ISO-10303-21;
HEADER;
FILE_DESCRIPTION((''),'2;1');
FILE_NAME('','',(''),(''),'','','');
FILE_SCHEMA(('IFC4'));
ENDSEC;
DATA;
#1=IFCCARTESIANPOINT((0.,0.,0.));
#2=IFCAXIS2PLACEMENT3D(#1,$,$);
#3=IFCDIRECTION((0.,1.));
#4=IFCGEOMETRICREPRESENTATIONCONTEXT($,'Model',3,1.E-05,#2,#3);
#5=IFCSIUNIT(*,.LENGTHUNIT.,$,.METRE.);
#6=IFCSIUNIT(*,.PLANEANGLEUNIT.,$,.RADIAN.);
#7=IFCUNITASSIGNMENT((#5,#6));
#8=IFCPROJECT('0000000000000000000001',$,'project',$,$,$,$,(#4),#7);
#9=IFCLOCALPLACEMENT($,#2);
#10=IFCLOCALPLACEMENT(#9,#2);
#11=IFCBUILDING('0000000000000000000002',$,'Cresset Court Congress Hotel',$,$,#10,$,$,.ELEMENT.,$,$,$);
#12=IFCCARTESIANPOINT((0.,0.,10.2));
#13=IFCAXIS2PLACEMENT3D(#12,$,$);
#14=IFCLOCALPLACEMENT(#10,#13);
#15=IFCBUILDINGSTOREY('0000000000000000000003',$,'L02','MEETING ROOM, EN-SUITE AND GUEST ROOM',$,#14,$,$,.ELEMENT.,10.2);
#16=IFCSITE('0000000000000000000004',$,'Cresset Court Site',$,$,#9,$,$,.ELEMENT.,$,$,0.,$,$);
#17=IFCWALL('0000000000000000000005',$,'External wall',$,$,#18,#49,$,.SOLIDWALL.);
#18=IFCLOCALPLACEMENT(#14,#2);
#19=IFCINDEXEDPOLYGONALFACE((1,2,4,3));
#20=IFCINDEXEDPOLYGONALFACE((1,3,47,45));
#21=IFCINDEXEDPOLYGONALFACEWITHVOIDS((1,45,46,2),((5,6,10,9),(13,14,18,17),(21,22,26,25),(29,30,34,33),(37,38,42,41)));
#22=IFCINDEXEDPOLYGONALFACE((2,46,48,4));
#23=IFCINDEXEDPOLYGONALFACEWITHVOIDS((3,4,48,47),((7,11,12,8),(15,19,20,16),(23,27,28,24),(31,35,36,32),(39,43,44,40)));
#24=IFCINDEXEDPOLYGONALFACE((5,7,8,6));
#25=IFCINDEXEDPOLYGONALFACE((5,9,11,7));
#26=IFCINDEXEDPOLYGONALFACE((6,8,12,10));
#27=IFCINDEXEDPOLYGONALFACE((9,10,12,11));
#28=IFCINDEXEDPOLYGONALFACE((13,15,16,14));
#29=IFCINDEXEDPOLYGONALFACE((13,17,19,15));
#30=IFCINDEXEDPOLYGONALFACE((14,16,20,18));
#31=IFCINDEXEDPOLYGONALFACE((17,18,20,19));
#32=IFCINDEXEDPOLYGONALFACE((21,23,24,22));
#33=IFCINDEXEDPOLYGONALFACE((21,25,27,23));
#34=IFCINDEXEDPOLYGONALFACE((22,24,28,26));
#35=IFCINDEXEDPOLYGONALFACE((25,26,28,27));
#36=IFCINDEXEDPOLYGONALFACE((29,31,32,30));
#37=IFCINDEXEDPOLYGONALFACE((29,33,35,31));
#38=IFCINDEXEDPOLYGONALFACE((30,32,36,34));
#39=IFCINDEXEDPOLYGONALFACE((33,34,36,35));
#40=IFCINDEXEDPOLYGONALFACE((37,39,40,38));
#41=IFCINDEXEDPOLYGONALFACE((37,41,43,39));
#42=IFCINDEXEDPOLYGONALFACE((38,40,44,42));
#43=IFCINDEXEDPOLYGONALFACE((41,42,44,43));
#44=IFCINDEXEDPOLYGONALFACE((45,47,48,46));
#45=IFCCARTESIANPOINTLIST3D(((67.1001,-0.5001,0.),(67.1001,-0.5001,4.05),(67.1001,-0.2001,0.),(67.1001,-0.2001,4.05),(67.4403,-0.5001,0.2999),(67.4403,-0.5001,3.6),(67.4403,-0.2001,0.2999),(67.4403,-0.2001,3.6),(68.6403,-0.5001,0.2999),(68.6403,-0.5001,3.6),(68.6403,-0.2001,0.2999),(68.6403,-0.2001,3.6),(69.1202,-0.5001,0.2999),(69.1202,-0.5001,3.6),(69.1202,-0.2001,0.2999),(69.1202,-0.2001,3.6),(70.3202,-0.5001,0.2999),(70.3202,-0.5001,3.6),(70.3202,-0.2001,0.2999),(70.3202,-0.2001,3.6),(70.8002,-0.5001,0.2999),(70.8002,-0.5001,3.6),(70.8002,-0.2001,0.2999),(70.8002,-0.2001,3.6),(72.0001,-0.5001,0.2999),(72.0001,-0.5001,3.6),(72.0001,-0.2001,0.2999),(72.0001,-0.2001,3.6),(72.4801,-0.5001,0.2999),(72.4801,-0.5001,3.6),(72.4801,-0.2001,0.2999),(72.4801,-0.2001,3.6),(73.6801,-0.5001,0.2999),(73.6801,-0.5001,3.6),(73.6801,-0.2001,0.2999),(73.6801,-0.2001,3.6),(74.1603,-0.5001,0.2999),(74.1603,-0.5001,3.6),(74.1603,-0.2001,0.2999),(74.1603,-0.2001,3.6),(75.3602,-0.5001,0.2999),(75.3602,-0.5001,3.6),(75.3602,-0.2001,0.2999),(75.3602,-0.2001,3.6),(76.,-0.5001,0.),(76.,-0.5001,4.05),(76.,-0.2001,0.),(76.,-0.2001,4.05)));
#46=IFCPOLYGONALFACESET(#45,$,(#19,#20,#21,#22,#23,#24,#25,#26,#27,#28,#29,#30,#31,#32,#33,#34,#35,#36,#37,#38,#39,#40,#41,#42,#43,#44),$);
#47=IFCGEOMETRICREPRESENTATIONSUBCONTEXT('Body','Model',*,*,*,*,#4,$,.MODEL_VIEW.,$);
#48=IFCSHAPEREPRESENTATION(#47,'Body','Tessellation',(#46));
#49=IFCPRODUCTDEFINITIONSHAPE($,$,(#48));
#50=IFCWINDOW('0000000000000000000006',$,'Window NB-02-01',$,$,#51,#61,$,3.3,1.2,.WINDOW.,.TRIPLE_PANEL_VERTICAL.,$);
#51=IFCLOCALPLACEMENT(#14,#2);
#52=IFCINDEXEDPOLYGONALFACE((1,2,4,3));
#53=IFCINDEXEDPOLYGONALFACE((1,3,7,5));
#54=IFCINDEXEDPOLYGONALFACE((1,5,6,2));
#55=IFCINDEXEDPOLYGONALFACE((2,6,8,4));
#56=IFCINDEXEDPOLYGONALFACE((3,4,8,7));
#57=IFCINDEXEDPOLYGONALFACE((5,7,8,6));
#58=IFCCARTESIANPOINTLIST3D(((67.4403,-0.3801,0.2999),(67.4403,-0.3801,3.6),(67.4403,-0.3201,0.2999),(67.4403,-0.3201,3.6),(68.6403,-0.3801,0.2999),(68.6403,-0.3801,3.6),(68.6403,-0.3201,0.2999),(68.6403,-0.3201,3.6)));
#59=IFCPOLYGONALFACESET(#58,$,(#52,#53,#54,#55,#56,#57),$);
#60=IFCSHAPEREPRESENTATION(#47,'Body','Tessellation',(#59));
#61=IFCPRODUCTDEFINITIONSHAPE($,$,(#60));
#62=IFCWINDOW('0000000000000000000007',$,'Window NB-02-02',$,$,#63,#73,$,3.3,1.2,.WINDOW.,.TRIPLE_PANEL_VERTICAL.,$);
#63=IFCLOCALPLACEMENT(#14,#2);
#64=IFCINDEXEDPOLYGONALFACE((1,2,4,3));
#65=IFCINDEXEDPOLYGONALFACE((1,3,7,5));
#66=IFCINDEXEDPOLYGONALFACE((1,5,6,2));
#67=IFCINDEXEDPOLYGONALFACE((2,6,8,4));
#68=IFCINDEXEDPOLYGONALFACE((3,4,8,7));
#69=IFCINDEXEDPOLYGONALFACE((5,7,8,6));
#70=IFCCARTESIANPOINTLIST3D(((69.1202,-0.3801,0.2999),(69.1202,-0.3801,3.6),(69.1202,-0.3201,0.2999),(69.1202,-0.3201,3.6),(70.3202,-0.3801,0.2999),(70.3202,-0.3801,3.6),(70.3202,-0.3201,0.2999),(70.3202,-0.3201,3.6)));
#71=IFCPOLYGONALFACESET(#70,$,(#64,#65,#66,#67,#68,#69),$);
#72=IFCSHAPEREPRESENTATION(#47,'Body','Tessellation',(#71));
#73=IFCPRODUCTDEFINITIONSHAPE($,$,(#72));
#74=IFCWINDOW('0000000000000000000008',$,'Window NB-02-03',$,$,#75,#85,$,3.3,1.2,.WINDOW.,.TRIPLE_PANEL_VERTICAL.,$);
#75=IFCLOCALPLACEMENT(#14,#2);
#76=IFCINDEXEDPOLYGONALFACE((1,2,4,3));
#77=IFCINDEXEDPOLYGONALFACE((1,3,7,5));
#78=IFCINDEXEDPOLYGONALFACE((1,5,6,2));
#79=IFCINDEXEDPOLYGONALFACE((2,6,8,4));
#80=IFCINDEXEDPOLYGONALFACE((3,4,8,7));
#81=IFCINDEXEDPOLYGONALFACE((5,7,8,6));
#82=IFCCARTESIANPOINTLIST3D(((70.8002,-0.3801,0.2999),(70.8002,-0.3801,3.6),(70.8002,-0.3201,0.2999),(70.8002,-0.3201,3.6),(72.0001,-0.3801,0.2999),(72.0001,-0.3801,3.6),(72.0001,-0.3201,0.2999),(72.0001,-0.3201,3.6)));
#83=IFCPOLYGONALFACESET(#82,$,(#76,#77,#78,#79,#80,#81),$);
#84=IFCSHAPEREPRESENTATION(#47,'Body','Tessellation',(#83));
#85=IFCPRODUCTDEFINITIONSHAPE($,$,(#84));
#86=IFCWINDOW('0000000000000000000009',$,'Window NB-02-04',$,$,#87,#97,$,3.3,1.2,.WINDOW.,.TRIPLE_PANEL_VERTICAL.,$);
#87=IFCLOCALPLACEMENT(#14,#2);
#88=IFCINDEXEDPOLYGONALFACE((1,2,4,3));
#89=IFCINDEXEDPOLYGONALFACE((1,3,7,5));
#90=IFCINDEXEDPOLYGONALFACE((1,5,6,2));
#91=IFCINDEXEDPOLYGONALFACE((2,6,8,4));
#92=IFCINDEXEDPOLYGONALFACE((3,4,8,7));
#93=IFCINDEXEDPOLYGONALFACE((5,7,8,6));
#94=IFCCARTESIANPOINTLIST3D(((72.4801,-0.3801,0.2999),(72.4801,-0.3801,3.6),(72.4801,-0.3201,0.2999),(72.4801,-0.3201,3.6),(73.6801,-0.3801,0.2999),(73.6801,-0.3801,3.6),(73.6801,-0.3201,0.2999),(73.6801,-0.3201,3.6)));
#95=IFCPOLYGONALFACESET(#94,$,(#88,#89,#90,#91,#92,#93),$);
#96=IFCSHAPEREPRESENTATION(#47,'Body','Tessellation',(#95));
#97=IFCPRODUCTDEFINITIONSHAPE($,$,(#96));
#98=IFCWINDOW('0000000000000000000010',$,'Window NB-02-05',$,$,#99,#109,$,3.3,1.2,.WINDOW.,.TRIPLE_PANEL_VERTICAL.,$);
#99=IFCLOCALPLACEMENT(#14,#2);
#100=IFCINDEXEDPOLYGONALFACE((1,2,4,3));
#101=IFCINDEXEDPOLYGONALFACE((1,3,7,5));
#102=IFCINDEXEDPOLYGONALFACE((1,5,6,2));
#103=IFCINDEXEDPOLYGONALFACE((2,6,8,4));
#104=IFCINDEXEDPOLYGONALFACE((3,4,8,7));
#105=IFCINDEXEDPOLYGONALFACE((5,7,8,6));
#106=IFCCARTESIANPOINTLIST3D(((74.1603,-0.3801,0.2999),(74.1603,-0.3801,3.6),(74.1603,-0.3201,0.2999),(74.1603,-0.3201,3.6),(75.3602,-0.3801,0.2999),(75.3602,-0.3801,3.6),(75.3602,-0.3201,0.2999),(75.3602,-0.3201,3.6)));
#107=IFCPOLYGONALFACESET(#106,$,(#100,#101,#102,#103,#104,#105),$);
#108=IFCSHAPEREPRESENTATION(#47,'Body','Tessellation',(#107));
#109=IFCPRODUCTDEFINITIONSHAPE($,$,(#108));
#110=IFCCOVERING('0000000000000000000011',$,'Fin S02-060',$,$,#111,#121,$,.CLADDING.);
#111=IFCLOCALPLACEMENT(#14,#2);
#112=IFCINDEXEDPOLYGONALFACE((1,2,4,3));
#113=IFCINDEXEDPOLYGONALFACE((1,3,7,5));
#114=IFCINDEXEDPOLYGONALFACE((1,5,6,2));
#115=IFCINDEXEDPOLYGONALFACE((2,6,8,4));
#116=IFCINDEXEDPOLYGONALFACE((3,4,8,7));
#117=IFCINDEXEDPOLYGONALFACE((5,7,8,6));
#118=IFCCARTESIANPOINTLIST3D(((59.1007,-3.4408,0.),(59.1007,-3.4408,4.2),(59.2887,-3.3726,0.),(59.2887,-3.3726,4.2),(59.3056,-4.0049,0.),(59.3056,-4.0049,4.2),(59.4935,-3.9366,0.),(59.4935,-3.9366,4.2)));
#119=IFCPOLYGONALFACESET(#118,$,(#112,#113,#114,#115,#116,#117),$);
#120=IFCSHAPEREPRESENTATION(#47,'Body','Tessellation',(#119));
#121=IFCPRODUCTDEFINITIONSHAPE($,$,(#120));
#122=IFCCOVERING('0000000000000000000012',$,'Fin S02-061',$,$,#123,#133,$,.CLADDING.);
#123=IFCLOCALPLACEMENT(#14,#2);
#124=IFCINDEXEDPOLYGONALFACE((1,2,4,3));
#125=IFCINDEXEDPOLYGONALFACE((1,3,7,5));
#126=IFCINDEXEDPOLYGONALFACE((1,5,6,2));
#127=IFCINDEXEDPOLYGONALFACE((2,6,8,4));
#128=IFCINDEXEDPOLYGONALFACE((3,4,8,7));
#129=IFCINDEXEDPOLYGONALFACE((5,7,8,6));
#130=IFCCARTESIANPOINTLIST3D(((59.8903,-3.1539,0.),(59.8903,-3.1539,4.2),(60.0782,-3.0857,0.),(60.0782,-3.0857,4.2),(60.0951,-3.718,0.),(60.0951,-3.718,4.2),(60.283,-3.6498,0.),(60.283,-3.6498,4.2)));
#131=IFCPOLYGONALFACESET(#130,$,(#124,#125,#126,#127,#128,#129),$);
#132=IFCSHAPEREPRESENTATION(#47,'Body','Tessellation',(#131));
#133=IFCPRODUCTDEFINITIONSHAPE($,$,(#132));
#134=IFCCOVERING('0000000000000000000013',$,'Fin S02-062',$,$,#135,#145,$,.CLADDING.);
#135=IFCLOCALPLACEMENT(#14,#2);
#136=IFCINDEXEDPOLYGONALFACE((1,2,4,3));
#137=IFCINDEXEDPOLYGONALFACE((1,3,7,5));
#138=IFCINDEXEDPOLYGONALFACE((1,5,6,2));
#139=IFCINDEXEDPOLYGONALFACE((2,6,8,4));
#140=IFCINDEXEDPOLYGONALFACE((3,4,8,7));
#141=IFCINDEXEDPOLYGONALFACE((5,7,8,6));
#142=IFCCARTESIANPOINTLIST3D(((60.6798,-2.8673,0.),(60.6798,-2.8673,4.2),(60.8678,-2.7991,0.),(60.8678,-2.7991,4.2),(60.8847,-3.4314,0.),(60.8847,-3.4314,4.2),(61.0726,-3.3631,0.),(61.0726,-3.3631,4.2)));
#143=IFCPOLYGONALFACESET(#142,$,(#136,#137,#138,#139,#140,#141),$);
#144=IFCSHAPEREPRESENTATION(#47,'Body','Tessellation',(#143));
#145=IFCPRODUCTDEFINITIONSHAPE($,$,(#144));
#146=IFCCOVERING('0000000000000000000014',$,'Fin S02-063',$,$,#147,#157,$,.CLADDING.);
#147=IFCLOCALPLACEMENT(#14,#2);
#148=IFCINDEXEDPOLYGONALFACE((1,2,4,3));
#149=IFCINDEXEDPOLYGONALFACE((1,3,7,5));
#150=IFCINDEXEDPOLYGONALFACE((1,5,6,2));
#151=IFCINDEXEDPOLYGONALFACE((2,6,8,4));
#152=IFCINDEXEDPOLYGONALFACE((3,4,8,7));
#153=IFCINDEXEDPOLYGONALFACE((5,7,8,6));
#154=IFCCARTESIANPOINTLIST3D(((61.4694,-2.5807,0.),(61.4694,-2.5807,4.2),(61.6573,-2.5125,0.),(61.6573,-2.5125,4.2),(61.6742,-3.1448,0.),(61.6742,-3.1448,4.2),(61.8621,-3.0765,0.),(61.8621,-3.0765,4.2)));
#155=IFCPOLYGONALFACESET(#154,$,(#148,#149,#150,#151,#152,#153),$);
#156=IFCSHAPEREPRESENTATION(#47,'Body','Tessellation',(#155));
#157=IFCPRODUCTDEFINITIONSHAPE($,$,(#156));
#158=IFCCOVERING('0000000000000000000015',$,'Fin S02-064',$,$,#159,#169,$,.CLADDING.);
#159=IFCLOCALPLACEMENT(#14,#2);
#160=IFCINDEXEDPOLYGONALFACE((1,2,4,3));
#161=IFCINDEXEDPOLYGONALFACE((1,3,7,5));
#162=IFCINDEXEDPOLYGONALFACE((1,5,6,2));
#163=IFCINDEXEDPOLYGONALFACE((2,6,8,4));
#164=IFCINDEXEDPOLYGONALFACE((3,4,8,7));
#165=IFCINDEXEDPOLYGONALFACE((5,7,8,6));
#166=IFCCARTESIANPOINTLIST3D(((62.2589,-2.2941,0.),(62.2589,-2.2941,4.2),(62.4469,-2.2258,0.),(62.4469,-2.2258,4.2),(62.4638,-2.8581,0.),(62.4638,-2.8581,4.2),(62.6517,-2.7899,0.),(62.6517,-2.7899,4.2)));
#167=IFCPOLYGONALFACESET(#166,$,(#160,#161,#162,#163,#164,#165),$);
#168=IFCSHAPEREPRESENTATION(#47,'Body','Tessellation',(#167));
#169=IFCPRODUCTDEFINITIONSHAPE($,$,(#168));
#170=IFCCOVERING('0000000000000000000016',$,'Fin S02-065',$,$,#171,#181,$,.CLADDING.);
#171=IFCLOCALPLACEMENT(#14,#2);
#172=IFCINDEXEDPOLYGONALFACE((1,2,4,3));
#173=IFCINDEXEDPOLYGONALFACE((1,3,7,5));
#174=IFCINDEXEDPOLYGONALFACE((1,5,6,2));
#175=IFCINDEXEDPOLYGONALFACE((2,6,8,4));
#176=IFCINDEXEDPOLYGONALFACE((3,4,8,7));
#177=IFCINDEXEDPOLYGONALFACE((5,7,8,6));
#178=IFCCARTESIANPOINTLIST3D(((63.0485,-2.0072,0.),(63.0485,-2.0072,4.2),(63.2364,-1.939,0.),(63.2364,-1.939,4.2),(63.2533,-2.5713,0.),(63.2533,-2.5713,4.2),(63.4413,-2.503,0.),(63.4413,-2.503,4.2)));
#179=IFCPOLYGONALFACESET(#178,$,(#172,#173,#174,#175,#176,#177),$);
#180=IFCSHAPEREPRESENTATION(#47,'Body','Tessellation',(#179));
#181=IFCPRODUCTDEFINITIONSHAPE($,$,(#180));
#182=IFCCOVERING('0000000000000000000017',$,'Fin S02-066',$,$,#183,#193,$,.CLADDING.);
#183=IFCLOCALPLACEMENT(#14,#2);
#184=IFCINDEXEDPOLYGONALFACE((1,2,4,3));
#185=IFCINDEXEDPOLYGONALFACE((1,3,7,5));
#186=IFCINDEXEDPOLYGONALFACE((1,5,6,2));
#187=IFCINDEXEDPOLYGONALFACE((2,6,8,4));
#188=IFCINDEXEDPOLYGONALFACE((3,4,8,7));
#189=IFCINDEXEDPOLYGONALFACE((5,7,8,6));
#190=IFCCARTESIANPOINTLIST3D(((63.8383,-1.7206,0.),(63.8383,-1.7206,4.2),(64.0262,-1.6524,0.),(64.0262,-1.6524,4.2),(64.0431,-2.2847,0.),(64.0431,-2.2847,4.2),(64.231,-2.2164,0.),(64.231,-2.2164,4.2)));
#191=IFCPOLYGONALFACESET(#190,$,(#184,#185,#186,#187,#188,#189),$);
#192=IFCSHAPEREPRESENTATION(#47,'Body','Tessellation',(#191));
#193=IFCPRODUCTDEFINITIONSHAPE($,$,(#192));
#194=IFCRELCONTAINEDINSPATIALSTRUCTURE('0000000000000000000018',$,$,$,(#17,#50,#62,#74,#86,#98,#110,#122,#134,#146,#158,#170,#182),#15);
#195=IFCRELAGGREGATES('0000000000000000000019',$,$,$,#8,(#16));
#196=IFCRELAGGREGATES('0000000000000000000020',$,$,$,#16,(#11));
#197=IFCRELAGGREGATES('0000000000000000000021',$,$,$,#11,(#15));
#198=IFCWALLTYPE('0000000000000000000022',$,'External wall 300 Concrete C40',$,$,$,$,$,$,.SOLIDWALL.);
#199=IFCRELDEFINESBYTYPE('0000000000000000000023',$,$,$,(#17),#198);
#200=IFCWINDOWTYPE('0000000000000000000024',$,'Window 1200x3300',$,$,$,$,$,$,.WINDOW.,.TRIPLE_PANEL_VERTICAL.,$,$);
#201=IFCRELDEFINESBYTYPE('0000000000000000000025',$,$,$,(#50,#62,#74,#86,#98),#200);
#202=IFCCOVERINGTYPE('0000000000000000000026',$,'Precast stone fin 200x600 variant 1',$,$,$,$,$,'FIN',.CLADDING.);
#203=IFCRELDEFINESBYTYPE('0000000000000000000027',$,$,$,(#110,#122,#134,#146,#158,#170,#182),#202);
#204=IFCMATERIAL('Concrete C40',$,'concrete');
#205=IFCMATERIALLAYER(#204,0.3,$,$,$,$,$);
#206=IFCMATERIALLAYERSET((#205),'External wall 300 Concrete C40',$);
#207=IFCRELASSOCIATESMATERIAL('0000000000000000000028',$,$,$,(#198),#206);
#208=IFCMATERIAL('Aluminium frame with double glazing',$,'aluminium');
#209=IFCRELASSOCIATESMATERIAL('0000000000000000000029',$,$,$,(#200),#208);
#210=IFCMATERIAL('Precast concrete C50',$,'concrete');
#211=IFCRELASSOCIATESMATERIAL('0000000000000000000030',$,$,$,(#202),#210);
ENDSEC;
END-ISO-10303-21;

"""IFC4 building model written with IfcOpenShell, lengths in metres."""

from ifc_helpers import new_model, si_unit, direction, frame, frame_2d, origin, origin_2d, place, context, subcontext, project, spatial, rectangle, extrude, material, layer, layer_set, type_object, element, fill, save


model = new_model("IFC4")

# Units and contexts
model_context = context("Model", 3, precision=1e-05, world=origin(), true_north=direction((0.0, 1.0)))
body_context = subcontext(model_context, "Body", "Model", "MODEL_VIEW")
ifc_project = project(units=[si_unit("LENGTHUNIT", "METRE"), si_unit("PLANEANGLEUNIT", "RADIAN")], contexts=[model_context])

# Site, building, storey
site_placement = place(None, origin())
site = spatial("IfcSite", under=ifc_project, at=site_placement, Name="Cresset Court Site", CompositionType="ELEMENT", RefElevation=0.0)
building_placement = place(site_placement, origin())
building = spatial("IfcBuilding", under=site, at=building_placement, Name="Cresset Court Congress Hotel", CompositionType="ELEMENT")
storey_placement = place(building_placement, frame((0.0, 0.0, 10.2)))
storey = spatial("IfcBuildingStorey", under=building, at=storey_placement, Name="L02", Description="MEETING ROOM, EN-SUITE AND GUEST ROOM", CompositionType="ELEMENT", Elevation=10.2)

# Wall, openings, windows
ifc_material_1 = material(Name="Concrete C40", Category="concrete")
ifc_layer_1 = layer(ifc_material_1, 0.3)
ifc_layer_set_1 = layer_set([ifc_layer_1], Name="External wall 300 Concrete C40")
wall_type_1 = type_object("IfcWallType", Name="External wall 300 Concrete C40", PredefinedType="SOLIDWALL", material=ifc_layer_set_1)
wall_1_placement = place(storey_placement, frame((67.1001, -0.3501, 0.0), z_axis=(0.0, 0.0, 1.0), x_axis=(1.0, 0.0, 0.0)))
wall_1 = element("IfcWall", 1, at=wall_1_placement, inside=storey, type_object=wall_type_1, Name="External wall", PredefinedType="SOLIDWALL", context=body_context, shape_type="SweptSolid", body=[
    extrude(rectangle(XDim=8.8999, YDim=0.3, at=frame_2d((4.45, 0.0))), origin(), (0.0, 0.0, 1.0), 4.05),
])
opening_1_placement = place(wall_1_placement, frame((0.3401, 0.0, 0.3)))
opening_1 = element("IfcOpeningElement", 2, at=opening_1_placement, cuts=wall_1, PredefinedType="OPENING", context=body_context, shape_type="SweptSolid", body=[
    extrude(rectangle(XDim=1.2, YDim=3.3, at=frame_2d((0.6001, 1.6499))), frame((0.0, 0.1599, 0.0), z_axis=(0.0, -1.0, 0.0), x_axis=(1.0, 0.0, 0.0)), (0.0, 0.0, 1.0), 0.3201),
])
opening_2_placement = place(wall_1_placement, frame((2.02, 0.0, 0.3)))
opening_2 = element("IfcOpeningElement", 3, at=opening_2_placement, cuts=wall_1, PredefinedType="OPENING", context=body_context, shape_type="SweptSolid", body=[
    extrude(rectangle(XDim=1.2, YDim=3.3, at=frame_2d((0.6001, 1.6499))), frame((0.0, 0.1599, 0.0), z_axis=(0.0, -1.0, 0.0), x_axis=(1.0, 0.0, 0.0)), (0.0, 0.0, 1.0), 0.3201),
])
opening_3_placement = place(wall_1_placement, frame((3.7, 0.0, 0.3)))
opening_3 = element("IfcOpeningElement", 4, at=opening_3_placement, cuts=wall_1, PredefinedType="OPENING", context=body_context, shape_type="SweptSolid", body=[
    extrude(rectangle(XDim=1.2, YDim=3.3, at=frame_2d((0.6001, 1.6499))), frame((0.0, 0.1599, 0.0), z_axis=(0.0, -1.0, 0.0), x_axis=(1.0, 0.0, 0.0)), (0.0, 0.0, 1.0), 0.3201),
])
opening_4_placement = place(wall_1_placement, frame((5.3799, 0.0, 0.3)))
opening_4 = element("IfcOpeningElement", 5, at=opening_4_placement, cuts=wall_1, PredefinedType="OPENING", context=body_context, shape_type="SweptSolid", body=[
    extrude(rectangle(XDim=1.2, YDim=3.3, at=frame_2d((0.6001, 1.6499))), frame((0.0, 0.1599, 0.0), z_axis=(0.0, -1.0, 0.0), x_axis=(1.0, 0.0, 0.0)), (0.0, 0.0, 1.0), 0.3201),
])
opening_5_placement = place(wall_1_placement, frame((7.0601, 0.0, 0.3)))
opening_5 = element("IfcOpeningElement", 6, at=opening_5_placement, cuts=wall_1, PredefinedType="OPENING", context=body_context, shape_type="SweptSolid", body=[
    extrude(rectangle(XDim=1.2, YDim=3.3, at=frame_2d((0.6001, 1.6499))), frame((0.0, 0.1599, 0.0), z_axis=(0.0, -1.0, 0.0), x_axis=(1.0, 0.0, 0.0)), (0.0, 0.0, 1.0), 0.3201),
])
ifc_material_2 = material(Name="Aluminium frame with double glazing", Category="aluminium")
window_type = type_object("IfcWindowType", Name="Window 1200x3300", PartitioningType="TRIPLE_PANEL_VERTICAL", PredefinedType="WINDOW", material=ifc_material_2)
window_1_placement = place(opening_1_placement, origin())
window_1 = element("IfcWindow", 7, at=window_1_placement, inside=storey, type_object=window_type, Name="Window NB-02-01", OverallHeight=3.3, OverallWidth=1.2, PartitioningType="TRIPLE_PANEL_VERTICAL", PredefinedType="WINDOW", context=body_context, shape_type="SweptSolid", body=[
    extrude(rectangle(XDim=1.2, YDim=3.3, at=frame_2d((0.6001, 1.6499))), frame((0.0, 0.03, 0.0), z_axis=(0.0, -1.0, 0.0), x_axis=(1.0, 0.0, 0.0)), (0.0, 0.0, 1.0), 0.0601),
])
fill(opening_1, window_1)
window_2_placement = place(opening_2_placement, origin())
window_2 = element("IfcWindow", 8, at=window_2_placement, inside=storey, type_object=window_type, Name="Window NB-02-02", OverallHeight=3.3, OverallWidth=1.2, PartitioningType="TRIPLE_PANEL_VERTICAL", PredefinedType="WINDOW", context=body_context, shape_type="SweptSolid", body=[
    extrude(rectangle(XDim=1.2, YDim=3.3, at=frame_2d((0.6001, 1.6499))), frame((0.0, 0.03, 0.0), z_axis=(0.0, -1.0, 0.0), x_axis=(1.0, 0.0, 0.0)), (0.0, 0.0, 1.0), 0.0601),
])
fill(opening_2, window_2)
window_3_placement = place(opening_3_placement, origin())
window_3 = element("IfcWindow", 9, at=window_3_placement, inside=storey, type_object=window_type, Name="Window NB-02-03", OverallHeight=3.3, OverallWidth=1.2, PartitioningType="TRIPLE_PANEL_VERTICAL", PredefinedType="WINDOW", context=body_context, shape_type="SweptSolid", body=[
    extrude(rectangle(XDim=1.2, YDim=3.3, at=frame_2d((0.6001, 1.6499))), frame((0.0, 0.03, 0.0), z_axis=(0.0, -1.0, 0.0), x_axis=(1.0, 0.0, 0.0)), (0.0, 0.0, 1.0), 0.0601),
])
fill(opening_3, window_3)
window_4_placement = place(opening_4_placement, origin())
window_4 = element("IfcWindow", 10, at=window_4_placement, inside=storey, type_object=window_type, Name="Window NB-02-04", OverallHeight=3.3, OverallWidth=1.2, PartitioningType="TRIPLE_PANEL_VERTICAL", PredefinedType="WINDOW", context=body_context, shape_type="SweptSolid", body=[
    extrude(rectangle(XDim=1.2, YDim=3.3, at=frame_2d((0.6001, 1.6499))), frame((0.0, 0.03, 0.0), z_axis=(0.0, -1.0, 0.0), x_axis=(1.0, 0.0, 0.0)), (0.0, 0.0, 1.0), 0.0601),
])
fill(opening_4, window_4)
window_5_placement = place(opening_5_placement, origin())
window_5 = element("IfcWindow", 11, at=window_5_placement, inside=storey, type_object=window_type, Name="Window NB-02-05", OverallHeight=3.3, OverallWidth=1.2, PartitioningType="TRIPLE_PANEL_VERTICAL", PredefinedType="WINDOW", context=body_context, shape_type="SweptSolid", body=[
    extrude(rectangle(XDim=1.2, YDim=3.3, at=frame_2d((0.6001, 1.6499))), frame((0.0, 0.03, 0.0), z_axis=(0.0, -1.0, 0.0), x_axis=(1.0, 0.0, 0.0)), (0.0, 0.0, 1.0), 0.0601),
])
fill(opening_5, window_5)

# Coverings
ifc_material_3 = material(Name="Precast concrete C50", Category="concrete")
covering_type_1 = type_object("IfcCoveringType", Name="Precast stone fin 200x600 variant 1", ElementType="FIN", PredefinedType="CLADDING", material=ifc_material_3)
for number, where, z_axis, x_axis, name in (
    (12, (59.2971, -3.6887, 0.0), (0.0, 0.0, 1.0), (0.939957, 0.341293, 0.0), "Fin S02-060"),
    (13, (60.0867, -3.4019, 0.0), (0.0, 0.0, 1.0), (0.939957, 0.341293, 0.0), "Fin S02-061"),
    (14, (60.8762, -3.1152, 0.0), (0.0, 0.0, 1.0), (0.939957, 0.341293, 0.0), "Fin S02-062"),
    (15, (61.6658, -2.8286, 0.0), (0.0, 0.0, 1.0), (0.939957, 0.341293, 0.0), "Fin S02-063"),
    (16, (62.4553, -2.542, 0.0), (0.0, 0.0, 1.0), (0.939957, 0.341293, 0.0), "Fin S02-064"),
    (17, (63.2449, -2.2551, 0.0), (0.0, 0.0, 1.0), (0.939957, 0.341293, 0.0), "Fin S02-065"),
    (18, (64.0347, -1.9685, 0.0), (0.0, 0.0, 1.0), (0.939957, 0.341293, 0.0), "Fin S02-066"),
):
    element("IfcCovering", number, at=place(storey_placement, frame(where, z_axis=z_axis, x_axis=x_axis)), inside=storey, type_object=covering_type_1, Name=name, PredefinedType="CLADDING", context=body_context, shape_type="SweptSolid", body=[
        extrude(rectangle(XDim=0.2, YDim=0.6001, at=origin_2d()), origin(), (0.0, 0.0, 1.0), 4.2),
    ])

save(model, "model.ifc")
